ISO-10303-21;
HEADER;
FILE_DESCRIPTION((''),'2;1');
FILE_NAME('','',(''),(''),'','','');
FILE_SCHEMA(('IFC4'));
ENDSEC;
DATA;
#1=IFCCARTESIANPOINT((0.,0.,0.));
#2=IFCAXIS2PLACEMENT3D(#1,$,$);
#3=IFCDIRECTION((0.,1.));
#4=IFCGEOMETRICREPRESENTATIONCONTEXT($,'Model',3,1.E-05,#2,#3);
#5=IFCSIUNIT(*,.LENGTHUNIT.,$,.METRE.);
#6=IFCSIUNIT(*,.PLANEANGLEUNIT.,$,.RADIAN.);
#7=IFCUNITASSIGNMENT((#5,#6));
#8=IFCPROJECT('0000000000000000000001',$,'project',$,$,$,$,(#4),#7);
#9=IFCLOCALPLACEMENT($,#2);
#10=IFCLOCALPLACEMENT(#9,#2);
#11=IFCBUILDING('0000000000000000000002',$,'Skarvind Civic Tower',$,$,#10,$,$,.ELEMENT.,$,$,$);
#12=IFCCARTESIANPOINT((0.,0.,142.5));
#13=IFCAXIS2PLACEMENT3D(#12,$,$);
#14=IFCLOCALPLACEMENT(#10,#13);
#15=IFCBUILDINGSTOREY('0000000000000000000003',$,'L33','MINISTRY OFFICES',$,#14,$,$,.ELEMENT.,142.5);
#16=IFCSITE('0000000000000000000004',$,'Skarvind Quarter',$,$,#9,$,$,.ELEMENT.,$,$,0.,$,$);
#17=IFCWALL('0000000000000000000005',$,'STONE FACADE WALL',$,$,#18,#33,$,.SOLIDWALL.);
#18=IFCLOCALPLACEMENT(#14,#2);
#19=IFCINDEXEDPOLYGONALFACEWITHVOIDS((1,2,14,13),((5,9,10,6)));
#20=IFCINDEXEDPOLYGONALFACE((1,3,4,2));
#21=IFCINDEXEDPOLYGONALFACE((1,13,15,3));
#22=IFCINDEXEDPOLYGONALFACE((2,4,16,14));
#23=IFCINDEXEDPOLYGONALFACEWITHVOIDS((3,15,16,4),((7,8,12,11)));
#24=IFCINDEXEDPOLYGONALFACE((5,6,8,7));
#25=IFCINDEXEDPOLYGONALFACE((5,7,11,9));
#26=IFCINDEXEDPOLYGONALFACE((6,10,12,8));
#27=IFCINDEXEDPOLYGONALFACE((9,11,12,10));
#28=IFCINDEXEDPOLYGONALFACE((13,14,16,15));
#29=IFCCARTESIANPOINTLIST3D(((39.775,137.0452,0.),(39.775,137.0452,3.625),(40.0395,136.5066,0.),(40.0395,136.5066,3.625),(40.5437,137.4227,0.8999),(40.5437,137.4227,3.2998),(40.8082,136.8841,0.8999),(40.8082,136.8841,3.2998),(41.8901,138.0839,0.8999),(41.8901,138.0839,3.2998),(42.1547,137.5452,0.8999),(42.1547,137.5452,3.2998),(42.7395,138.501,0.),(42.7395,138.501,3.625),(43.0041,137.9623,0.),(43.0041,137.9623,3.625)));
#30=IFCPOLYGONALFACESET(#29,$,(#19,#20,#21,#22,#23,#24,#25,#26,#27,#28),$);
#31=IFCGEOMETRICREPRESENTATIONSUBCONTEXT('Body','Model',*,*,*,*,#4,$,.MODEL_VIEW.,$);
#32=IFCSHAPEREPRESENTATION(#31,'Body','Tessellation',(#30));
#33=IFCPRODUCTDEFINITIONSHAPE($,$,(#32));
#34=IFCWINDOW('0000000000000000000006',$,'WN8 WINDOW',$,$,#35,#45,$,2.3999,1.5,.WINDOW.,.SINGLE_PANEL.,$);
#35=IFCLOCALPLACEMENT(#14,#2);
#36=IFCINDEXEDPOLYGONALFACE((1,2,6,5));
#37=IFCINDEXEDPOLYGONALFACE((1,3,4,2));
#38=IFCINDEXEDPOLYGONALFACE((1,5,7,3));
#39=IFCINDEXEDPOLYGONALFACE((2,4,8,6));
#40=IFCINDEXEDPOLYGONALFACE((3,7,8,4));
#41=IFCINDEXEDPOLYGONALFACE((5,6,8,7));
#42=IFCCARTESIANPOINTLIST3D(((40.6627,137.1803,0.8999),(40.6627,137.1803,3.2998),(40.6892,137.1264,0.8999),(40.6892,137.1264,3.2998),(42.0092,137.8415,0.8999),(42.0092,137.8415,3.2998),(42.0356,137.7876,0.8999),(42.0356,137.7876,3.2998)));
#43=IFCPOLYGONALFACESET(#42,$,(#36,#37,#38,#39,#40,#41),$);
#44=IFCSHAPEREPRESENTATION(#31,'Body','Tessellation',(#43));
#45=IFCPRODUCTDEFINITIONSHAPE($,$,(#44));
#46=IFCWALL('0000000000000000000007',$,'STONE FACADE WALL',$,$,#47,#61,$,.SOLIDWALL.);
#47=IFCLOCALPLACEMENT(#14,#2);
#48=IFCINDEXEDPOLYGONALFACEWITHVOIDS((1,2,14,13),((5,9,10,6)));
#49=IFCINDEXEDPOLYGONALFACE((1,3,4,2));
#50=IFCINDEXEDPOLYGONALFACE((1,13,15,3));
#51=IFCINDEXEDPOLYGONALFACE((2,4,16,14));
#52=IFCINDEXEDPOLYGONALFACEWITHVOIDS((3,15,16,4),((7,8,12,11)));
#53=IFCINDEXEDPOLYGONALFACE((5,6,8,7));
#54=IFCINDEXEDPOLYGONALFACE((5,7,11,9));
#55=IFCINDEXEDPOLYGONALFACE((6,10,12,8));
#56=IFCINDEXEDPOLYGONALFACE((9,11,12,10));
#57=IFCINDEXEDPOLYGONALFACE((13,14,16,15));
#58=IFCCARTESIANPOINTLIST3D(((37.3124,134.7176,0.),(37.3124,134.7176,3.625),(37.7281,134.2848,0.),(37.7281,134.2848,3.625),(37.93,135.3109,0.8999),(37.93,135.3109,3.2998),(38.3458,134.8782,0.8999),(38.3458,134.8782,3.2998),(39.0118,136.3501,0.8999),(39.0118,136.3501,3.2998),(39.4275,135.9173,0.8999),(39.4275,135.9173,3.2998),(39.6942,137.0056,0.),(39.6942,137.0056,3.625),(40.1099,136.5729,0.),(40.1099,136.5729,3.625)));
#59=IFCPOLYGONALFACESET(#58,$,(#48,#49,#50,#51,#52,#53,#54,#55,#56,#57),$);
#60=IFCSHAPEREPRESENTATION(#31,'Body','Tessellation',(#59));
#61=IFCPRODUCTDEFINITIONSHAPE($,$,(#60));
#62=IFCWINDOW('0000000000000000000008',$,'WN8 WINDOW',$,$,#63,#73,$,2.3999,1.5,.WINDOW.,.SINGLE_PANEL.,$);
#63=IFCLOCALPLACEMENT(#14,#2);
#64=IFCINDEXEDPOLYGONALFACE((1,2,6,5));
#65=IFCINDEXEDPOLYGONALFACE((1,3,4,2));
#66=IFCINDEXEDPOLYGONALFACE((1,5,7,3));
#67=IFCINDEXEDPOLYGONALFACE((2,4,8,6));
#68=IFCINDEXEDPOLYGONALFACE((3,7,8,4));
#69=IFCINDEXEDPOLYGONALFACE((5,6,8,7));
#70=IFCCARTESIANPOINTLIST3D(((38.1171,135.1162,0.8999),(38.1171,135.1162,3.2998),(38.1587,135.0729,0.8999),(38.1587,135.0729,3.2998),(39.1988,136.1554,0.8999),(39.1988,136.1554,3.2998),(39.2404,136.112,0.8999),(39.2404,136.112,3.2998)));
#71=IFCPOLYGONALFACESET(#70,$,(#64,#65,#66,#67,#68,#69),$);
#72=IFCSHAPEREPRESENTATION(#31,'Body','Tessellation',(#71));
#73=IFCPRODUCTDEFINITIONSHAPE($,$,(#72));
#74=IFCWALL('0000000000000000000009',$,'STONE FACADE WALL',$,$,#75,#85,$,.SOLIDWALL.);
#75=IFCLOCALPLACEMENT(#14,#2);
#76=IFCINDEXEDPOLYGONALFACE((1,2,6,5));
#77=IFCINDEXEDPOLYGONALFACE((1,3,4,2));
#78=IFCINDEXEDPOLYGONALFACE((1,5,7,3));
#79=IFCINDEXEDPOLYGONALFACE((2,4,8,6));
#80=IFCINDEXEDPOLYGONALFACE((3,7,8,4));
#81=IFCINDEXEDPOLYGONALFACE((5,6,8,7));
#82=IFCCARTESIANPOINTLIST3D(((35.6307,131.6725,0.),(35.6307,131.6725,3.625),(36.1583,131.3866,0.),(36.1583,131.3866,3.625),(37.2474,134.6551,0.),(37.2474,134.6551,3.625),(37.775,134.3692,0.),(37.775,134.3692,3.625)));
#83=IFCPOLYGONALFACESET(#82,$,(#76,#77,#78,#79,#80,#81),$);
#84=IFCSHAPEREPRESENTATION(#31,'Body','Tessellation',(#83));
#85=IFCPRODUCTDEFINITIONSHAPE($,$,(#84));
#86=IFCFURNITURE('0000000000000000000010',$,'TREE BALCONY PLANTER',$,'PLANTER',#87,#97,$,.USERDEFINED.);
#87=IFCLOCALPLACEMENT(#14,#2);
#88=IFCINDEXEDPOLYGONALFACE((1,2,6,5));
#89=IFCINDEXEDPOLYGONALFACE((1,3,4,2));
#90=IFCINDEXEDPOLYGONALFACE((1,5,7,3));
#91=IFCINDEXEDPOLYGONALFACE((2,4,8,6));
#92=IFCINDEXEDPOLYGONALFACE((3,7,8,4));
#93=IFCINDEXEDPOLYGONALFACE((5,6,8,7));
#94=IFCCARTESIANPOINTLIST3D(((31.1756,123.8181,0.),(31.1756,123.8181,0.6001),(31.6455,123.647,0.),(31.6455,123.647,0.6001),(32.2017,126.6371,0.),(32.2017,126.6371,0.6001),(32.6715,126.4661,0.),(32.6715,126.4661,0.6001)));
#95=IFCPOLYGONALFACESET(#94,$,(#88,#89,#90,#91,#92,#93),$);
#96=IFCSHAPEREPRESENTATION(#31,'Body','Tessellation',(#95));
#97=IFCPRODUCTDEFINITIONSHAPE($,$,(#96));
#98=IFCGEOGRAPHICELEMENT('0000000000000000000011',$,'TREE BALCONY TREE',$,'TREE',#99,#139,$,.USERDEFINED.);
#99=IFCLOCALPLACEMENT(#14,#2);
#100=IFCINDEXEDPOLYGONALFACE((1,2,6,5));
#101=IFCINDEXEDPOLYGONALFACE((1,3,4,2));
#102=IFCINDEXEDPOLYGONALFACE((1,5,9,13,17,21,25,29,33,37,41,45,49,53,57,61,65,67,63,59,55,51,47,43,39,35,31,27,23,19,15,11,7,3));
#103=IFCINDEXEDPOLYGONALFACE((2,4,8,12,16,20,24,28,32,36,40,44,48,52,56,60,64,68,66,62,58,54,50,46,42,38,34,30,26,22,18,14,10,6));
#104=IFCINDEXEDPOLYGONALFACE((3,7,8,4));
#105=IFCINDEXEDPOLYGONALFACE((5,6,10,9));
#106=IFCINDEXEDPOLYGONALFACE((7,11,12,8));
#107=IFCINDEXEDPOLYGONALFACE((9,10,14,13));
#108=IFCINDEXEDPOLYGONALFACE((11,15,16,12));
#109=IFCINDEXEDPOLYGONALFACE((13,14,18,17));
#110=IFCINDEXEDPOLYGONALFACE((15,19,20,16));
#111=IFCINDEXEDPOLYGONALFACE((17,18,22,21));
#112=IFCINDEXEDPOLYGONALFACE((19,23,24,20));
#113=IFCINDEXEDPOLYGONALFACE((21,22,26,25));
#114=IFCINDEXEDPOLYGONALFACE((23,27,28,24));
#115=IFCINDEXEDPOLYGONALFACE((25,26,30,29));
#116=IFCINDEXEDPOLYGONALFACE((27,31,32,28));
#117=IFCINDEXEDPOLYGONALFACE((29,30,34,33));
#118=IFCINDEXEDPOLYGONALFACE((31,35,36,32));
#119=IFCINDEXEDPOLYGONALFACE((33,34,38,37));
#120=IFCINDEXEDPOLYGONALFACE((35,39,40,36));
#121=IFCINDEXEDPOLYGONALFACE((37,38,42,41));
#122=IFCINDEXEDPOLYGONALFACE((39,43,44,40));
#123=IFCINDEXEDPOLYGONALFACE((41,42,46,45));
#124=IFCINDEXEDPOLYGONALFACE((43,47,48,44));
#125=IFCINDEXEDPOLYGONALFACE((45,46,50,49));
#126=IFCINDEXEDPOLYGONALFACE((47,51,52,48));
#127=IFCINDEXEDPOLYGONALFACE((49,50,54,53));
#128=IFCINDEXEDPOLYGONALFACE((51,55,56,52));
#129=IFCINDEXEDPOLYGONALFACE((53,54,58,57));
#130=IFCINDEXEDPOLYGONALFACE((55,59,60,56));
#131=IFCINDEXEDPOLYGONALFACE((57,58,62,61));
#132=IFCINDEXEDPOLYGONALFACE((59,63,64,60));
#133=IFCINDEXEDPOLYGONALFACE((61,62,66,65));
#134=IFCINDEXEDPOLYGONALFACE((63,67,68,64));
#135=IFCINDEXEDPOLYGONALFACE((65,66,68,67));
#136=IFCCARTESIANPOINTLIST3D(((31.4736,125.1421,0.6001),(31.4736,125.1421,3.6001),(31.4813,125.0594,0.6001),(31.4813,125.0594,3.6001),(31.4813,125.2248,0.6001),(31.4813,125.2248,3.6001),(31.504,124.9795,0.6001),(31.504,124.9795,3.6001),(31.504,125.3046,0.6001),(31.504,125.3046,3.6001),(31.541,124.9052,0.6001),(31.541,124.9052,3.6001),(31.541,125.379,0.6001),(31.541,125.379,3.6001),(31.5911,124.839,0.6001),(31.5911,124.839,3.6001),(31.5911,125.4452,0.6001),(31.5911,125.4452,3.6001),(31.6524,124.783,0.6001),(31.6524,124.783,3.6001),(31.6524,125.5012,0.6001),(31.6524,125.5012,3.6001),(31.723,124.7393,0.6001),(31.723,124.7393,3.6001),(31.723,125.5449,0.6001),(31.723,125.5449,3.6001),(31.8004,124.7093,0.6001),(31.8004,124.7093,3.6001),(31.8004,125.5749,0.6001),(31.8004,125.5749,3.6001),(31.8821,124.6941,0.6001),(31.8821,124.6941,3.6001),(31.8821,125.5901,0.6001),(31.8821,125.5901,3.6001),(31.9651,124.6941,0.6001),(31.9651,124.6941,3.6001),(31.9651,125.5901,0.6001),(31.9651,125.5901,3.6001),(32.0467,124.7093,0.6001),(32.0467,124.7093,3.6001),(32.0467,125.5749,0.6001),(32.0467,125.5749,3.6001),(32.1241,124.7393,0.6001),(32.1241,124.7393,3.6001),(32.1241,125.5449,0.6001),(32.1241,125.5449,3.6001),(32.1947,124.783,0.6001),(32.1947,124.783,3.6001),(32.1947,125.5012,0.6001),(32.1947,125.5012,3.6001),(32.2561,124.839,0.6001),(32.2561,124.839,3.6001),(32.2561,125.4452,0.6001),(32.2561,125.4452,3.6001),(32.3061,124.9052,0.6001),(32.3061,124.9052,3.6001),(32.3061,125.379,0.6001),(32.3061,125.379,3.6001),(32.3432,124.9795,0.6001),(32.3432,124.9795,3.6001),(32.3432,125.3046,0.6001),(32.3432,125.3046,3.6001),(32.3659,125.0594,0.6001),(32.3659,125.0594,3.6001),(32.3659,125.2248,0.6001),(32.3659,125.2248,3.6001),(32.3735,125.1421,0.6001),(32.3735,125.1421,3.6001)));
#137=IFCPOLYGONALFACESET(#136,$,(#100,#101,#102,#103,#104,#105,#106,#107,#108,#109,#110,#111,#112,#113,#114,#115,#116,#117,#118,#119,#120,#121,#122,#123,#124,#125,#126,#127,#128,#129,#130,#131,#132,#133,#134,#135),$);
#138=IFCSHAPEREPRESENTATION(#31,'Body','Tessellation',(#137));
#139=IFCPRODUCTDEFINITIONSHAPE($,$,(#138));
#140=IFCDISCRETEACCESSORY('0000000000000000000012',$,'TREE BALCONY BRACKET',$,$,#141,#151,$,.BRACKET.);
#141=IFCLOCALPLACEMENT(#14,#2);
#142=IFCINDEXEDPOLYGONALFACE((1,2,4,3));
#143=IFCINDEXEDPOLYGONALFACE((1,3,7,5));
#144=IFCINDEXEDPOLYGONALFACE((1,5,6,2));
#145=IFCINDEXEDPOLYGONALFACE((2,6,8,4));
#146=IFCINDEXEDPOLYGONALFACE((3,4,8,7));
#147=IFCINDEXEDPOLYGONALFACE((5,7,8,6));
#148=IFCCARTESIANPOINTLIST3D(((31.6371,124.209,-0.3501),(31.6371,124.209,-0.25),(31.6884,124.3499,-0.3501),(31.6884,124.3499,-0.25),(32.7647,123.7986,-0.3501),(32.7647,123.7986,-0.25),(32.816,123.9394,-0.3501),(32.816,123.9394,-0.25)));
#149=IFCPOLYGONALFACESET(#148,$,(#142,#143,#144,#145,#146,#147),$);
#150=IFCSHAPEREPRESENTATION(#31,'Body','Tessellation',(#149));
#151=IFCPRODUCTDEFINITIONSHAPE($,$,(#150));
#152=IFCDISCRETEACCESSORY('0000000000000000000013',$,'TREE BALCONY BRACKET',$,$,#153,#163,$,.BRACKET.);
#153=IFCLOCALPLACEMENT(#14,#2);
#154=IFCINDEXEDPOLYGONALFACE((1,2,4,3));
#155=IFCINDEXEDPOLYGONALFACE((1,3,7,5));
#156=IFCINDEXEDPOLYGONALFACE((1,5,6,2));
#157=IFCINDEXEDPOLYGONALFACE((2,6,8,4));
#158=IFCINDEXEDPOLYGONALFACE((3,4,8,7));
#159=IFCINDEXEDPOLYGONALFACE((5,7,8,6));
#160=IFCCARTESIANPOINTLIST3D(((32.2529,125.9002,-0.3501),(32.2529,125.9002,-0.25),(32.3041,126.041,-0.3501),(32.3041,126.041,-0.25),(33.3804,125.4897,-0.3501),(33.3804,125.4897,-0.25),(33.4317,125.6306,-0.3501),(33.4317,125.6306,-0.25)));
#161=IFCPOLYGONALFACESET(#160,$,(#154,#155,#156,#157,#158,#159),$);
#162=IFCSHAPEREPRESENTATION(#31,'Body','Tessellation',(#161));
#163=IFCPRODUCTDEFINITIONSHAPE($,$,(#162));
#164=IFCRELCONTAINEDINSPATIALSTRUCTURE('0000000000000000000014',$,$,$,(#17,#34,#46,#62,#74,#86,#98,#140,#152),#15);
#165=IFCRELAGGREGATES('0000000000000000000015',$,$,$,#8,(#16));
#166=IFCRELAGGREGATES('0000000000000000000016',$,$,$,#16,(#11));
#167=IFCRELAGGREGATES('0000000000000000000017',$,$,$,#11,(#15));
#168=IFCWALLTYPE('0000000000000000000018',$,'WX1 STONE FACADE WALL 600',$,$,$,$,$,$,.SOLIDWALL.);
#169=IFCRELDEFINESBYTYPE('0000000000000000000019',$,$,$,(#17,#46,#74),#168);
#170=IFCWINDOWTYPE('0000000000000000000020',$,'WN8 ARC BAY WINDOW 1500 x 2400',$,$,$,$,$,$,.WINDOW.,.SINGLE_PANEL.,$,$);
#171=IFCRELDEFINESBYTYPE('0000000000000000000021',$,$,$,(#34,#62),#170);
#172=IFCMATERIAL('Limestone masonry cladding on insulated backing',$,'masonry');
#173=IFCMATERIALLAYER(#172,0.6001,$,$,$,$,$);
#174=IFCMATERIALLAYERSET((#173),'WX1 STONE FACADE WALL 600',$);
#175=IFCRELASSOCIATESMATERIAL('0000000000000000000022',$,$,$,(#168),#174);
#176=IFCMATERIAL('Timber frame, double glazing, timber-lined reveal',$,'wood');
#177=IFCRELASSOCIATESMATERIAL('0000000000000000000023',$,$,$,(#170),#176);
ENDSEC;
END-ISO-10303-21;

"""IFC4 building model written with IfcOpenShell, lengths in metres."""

from ifc_helpers import new_model, si_unit, direction, frame, frame_2d, origin, origin_2d, place, context, subcontext, project, spatial, rectangle, circle, extrude, material, layer, layer_set, type_object, element, fill, save


model = new_model("IFC4")

# Units and contexts
model_context = context("Model", 3, precision=1e-05, world=origin(), true_north=direction((0.0, 1.0)))
body_context = subcontext(model_context, "Body", "Model", "MODEL_VIEW")
ifc_project = project(units=[si_unit("LENGTHUNIT", "METRE"), si_unit("PLANEANGLEUNIT", "RADIAN")], contexts=[model_context])

# Site, building, storey
site_placement = place(None, origin())
site = spatial("IfcSite", under=ifc_project, at=site_placement, Name="Skarvind Quarter", CompositionType="ELEMENT", RefElevation=0.0)
building_placement = place(site_placement, origin())
building = spatial("IfcBuilding", under=site, at=building_placement, Name="Skarvind Civic Tower", CompositionType="ELEMENT")
storey_placement = place(building_placement, frame((0.0, 0.0, 142.5)))
storey = spatial("IfcBuildingStorey", under=building, at=storey_placement, Name="L33", Description="MINISTRY OFFICES", CompositionType="ELEMENT", Elevation=142.5)

# Walls, openings, windows
ifc_material_1 = material(Name="Limestone masonry cladding on insulated backing", Category="masonry")
ifc_layer_1 = layer(ifc_material_1, 0.6001)
ifc_layer_set_1 = layer_set([ifc_layer_1], Name="WX1 STONE FACADE WALL 600")
wall_type_1 = type_object("IfcWallType", Name="WX1 STONE FACADE WALL 600", PredefinedType="SOLIDWALL", material=ifc_layer_set_1)
wall_1_placement = place(storey_placement, frame((39.9072, 136.7759, 0.0), z_axis=(0.0, 0.0, 1.0), x_axis=(0.897612, 0.440786, 0.0)))
wall_1 = element("IfcWall", 1, at=wall_1_placement, inside=storey, type_object=wall_type_1, Name="STONE FACADE WALL", PredefinedType="SOLIDWALL", context=body_context, shape_type="SweptSolid", body=[
    extrude(rectangle(XDim=3.3027, YDim=0.6001, at=frame_2d((1.6514, 0.0))), origin(), (0.0, 0.0, 1.0), 3.625),
])
opening_1_placement = place(wall_1_placement, frame((0.8564, 0.0, 0.8999)))
opening_1 = element("IfcOpeningElement", 2, at=opening_1_placement, cuts=wall_1, PredefinedType="OPENING", context=body_context, shape_type="SweptSolid", body=[
    extrude(rectangle(XDim=1.5, YDim=2.3999, at=frame_2d((0.75, 1.2))), frame((0.0, 0.3101, 0.0), z_axis=(0.0, -1.0, 0.0), x_axis=(1.0, 0.0, 0.0)), (0.0, 0.0, 1.0), 0.6201),
])
ifc_material_2 = material(Name="Timber frame, double glazing, timber-lined reveal", Category="wood")
window_type = type_object("IfcWindowType", Name="WN8 ARC BAY WINDOW 1500 x 2400", PartitioningType="SINGLE_PANEL", PredefinedType="WINDOW", material=ifc_material_2)
window_1_placement = place(opening_1_placement, origin())
window_1 = element("IfcWindow", 3, at=window_1_placement, inside=storey, type_object=window_type, Name="WN8 WINDOW", OverallHeight=2.3999, OverallWidth=1.5, PartitioningType="SINGLE_PANEL", PredefinedType="WINDOW", context=body_context, shape_type="SweptSolid", body=[
    extrude(rectangle(XDim=1.5, YDim=2.3999, at=frame_2d((0.75, 1.2))), frame((0.0, 0.03, 0.0), z_axis=(0.0, -1.0, 0.0), x_axis=(1.0, 0.0, 0.0)), (0.0, 0.0, 1.0), 0.0601),
])
fill(opening_1, window_1)
wall_2_placement = place(storey_placement, frame((37.5203, 134.5012, 0.0), z_axis=(0.0, 0.0, 1.0), x_axis=(0.721157, 0.692772, 0.0)))
wall_2 = element("IfcWall", 4, at=wall_2_placement, inside=storey, type_object=wall_type_1, Name="STONE FACADE WALL", PredefinedType="SOLIDWALL", context=body_context, shape_type="SweptSolid", body=[
    extrude(rectangle(XDim=3.3027, YDim=0.6001, at=frame_2d((1.6514, 0.0))), origin(), (0.0, 0.0, 1.0), 3.625),
])
opening_2_placement = place(wall_2_placement, frame((0.8564, 0.0, 0.8999)))
opening_2 = element("IfcOpeningElement", 5, at=opening_2_placement, cuts=wall_2, PredefinedType="OPENING", context=body_context, shape_type="SweptSolid", body=[
    extrude(rectangle(XDim=1.5, YDim=2.3999, at=frame_2d((0.75, 1.2))), frame((0.0, 0.3101, 0.0), z_axis=(0.0, -1.0, 0.0), x_axis=(1.0, 0.0, 0.0)), (0.0, 0.0, 1.0), 0.6201),
])
window_2_placement = place(opening_2_placement, origin())
window_2 = element("IfcWindow", 6, at=window_2_placement, inside=storey, type_object=window_type, Name="WN8 WINDOW", OverallHeight=2.3999, OverallWidth=1.5, PartitioningType="SINGLE_PANEL", PredefinedType="WINDOW", context=body_context, shape_type="SweptSolid", body=[
    extrude(rectangle(XDim=1.5, YDim=2.3999, at=frame_2d((0.75, 1.2))), frame((0.0, 0.03, 0.0), z_axis=(0.0, -1.0, 0.0), x_axis=(1.0, 0.0, 0.0)), (0.0, 0.0, 1.0), 0.0601),
])
fill(opening_2, window_2)

# Wall
wall_3_placement = place(storey_placement, frame((35.8945, 131.5295, 0.0), z_axis=(0.0, 0.0, 1.0), x_axis=(0.476531, 0.879158, 0.0)))
element("IfcWall", 7, at=wall_3_placement, inside=storey, type_object=wall_type_1, Name="STONE FACADE WALL", PredefinedType="SOLIDWALL", context=body_context, shape_type="SweptSolid", body=[
    extrude(rectangle(XDim=3.3926, YDim=0.6001, at=frame_2d((1.6963, 0.0))), origin(), (0.0, 0.0, 1.0), 3.625),
])

# Furniture
furniture_placement = place(storey_placement, frame((31.9236, 125.1421, 0.0), z_axis=(0.0, 0.0, 1.0), x_axis=(0.34202, 0.939693, 0.0)))
element("IfcFurniture", 8, at=furniture_placement, inside=storey, Name="TREE BALCONY PLANTER", ObjectType="PLANTER", PredefinedType="USERDEFINED", context=body_context, shape_type="SweptSolid", body=[
    extrude(rectangle(XDim=3.0, YDim=0.5, at=origin_2d()), origin(), (0.0, 0.0, 1.0), 0.6001),
])

# Geographic element
geographic_element_placement = place(storey_placement, frame((31.9236, 125.1421, 0.6001), z_axis=(0.0, 0.0, 1.0), x_axis=(1.0, 0.0, 0.0)))
element("IfcGeographicElement", 9, at=geographic_element_placement, inside=storey, Name="TREE BALCONY TREE", ObjectType="TREE", PredefinedType="USERDEFINED", context=body_context, shape_type="SweptSolid", body=[
    extrude(circle(Radius=0.45, at=origin_2d()), origin(), (0.0, 0.0, 1.0), 3.0),
])

# Discrete accessories
for number, where, z_axis, x_axis, name in (
    (10, (32.2266, 124.0742, -0.3501), (0.0, 0.0, 1.0), (0.34202, 0.939693, 0.0), "TREE BALCONY BRACKET"),
    (11, (32.8423, 125.7654, -0.3501), (0.0, 0.0, 1.0), (0.34202, 0.939693, 0.0), "TREE BALCONY BRACKET"),
):
    element("IfcDiscreteAccessory", number, at=place(storey_placement, frame(where, z_axis=z_axis, x_axis=x_axis)), inside=storey, Name=name, PredefinedType="BRACKET", context=body_context, shape_type="SweptSolid", body=[
        extrude(rectangle(XDim=0.1499, YDim=1.2, at=origin_2d()), origin(), (0.0, 0.0, 1.0), 0.1001),
    ])

save(model, "model.ifc")
